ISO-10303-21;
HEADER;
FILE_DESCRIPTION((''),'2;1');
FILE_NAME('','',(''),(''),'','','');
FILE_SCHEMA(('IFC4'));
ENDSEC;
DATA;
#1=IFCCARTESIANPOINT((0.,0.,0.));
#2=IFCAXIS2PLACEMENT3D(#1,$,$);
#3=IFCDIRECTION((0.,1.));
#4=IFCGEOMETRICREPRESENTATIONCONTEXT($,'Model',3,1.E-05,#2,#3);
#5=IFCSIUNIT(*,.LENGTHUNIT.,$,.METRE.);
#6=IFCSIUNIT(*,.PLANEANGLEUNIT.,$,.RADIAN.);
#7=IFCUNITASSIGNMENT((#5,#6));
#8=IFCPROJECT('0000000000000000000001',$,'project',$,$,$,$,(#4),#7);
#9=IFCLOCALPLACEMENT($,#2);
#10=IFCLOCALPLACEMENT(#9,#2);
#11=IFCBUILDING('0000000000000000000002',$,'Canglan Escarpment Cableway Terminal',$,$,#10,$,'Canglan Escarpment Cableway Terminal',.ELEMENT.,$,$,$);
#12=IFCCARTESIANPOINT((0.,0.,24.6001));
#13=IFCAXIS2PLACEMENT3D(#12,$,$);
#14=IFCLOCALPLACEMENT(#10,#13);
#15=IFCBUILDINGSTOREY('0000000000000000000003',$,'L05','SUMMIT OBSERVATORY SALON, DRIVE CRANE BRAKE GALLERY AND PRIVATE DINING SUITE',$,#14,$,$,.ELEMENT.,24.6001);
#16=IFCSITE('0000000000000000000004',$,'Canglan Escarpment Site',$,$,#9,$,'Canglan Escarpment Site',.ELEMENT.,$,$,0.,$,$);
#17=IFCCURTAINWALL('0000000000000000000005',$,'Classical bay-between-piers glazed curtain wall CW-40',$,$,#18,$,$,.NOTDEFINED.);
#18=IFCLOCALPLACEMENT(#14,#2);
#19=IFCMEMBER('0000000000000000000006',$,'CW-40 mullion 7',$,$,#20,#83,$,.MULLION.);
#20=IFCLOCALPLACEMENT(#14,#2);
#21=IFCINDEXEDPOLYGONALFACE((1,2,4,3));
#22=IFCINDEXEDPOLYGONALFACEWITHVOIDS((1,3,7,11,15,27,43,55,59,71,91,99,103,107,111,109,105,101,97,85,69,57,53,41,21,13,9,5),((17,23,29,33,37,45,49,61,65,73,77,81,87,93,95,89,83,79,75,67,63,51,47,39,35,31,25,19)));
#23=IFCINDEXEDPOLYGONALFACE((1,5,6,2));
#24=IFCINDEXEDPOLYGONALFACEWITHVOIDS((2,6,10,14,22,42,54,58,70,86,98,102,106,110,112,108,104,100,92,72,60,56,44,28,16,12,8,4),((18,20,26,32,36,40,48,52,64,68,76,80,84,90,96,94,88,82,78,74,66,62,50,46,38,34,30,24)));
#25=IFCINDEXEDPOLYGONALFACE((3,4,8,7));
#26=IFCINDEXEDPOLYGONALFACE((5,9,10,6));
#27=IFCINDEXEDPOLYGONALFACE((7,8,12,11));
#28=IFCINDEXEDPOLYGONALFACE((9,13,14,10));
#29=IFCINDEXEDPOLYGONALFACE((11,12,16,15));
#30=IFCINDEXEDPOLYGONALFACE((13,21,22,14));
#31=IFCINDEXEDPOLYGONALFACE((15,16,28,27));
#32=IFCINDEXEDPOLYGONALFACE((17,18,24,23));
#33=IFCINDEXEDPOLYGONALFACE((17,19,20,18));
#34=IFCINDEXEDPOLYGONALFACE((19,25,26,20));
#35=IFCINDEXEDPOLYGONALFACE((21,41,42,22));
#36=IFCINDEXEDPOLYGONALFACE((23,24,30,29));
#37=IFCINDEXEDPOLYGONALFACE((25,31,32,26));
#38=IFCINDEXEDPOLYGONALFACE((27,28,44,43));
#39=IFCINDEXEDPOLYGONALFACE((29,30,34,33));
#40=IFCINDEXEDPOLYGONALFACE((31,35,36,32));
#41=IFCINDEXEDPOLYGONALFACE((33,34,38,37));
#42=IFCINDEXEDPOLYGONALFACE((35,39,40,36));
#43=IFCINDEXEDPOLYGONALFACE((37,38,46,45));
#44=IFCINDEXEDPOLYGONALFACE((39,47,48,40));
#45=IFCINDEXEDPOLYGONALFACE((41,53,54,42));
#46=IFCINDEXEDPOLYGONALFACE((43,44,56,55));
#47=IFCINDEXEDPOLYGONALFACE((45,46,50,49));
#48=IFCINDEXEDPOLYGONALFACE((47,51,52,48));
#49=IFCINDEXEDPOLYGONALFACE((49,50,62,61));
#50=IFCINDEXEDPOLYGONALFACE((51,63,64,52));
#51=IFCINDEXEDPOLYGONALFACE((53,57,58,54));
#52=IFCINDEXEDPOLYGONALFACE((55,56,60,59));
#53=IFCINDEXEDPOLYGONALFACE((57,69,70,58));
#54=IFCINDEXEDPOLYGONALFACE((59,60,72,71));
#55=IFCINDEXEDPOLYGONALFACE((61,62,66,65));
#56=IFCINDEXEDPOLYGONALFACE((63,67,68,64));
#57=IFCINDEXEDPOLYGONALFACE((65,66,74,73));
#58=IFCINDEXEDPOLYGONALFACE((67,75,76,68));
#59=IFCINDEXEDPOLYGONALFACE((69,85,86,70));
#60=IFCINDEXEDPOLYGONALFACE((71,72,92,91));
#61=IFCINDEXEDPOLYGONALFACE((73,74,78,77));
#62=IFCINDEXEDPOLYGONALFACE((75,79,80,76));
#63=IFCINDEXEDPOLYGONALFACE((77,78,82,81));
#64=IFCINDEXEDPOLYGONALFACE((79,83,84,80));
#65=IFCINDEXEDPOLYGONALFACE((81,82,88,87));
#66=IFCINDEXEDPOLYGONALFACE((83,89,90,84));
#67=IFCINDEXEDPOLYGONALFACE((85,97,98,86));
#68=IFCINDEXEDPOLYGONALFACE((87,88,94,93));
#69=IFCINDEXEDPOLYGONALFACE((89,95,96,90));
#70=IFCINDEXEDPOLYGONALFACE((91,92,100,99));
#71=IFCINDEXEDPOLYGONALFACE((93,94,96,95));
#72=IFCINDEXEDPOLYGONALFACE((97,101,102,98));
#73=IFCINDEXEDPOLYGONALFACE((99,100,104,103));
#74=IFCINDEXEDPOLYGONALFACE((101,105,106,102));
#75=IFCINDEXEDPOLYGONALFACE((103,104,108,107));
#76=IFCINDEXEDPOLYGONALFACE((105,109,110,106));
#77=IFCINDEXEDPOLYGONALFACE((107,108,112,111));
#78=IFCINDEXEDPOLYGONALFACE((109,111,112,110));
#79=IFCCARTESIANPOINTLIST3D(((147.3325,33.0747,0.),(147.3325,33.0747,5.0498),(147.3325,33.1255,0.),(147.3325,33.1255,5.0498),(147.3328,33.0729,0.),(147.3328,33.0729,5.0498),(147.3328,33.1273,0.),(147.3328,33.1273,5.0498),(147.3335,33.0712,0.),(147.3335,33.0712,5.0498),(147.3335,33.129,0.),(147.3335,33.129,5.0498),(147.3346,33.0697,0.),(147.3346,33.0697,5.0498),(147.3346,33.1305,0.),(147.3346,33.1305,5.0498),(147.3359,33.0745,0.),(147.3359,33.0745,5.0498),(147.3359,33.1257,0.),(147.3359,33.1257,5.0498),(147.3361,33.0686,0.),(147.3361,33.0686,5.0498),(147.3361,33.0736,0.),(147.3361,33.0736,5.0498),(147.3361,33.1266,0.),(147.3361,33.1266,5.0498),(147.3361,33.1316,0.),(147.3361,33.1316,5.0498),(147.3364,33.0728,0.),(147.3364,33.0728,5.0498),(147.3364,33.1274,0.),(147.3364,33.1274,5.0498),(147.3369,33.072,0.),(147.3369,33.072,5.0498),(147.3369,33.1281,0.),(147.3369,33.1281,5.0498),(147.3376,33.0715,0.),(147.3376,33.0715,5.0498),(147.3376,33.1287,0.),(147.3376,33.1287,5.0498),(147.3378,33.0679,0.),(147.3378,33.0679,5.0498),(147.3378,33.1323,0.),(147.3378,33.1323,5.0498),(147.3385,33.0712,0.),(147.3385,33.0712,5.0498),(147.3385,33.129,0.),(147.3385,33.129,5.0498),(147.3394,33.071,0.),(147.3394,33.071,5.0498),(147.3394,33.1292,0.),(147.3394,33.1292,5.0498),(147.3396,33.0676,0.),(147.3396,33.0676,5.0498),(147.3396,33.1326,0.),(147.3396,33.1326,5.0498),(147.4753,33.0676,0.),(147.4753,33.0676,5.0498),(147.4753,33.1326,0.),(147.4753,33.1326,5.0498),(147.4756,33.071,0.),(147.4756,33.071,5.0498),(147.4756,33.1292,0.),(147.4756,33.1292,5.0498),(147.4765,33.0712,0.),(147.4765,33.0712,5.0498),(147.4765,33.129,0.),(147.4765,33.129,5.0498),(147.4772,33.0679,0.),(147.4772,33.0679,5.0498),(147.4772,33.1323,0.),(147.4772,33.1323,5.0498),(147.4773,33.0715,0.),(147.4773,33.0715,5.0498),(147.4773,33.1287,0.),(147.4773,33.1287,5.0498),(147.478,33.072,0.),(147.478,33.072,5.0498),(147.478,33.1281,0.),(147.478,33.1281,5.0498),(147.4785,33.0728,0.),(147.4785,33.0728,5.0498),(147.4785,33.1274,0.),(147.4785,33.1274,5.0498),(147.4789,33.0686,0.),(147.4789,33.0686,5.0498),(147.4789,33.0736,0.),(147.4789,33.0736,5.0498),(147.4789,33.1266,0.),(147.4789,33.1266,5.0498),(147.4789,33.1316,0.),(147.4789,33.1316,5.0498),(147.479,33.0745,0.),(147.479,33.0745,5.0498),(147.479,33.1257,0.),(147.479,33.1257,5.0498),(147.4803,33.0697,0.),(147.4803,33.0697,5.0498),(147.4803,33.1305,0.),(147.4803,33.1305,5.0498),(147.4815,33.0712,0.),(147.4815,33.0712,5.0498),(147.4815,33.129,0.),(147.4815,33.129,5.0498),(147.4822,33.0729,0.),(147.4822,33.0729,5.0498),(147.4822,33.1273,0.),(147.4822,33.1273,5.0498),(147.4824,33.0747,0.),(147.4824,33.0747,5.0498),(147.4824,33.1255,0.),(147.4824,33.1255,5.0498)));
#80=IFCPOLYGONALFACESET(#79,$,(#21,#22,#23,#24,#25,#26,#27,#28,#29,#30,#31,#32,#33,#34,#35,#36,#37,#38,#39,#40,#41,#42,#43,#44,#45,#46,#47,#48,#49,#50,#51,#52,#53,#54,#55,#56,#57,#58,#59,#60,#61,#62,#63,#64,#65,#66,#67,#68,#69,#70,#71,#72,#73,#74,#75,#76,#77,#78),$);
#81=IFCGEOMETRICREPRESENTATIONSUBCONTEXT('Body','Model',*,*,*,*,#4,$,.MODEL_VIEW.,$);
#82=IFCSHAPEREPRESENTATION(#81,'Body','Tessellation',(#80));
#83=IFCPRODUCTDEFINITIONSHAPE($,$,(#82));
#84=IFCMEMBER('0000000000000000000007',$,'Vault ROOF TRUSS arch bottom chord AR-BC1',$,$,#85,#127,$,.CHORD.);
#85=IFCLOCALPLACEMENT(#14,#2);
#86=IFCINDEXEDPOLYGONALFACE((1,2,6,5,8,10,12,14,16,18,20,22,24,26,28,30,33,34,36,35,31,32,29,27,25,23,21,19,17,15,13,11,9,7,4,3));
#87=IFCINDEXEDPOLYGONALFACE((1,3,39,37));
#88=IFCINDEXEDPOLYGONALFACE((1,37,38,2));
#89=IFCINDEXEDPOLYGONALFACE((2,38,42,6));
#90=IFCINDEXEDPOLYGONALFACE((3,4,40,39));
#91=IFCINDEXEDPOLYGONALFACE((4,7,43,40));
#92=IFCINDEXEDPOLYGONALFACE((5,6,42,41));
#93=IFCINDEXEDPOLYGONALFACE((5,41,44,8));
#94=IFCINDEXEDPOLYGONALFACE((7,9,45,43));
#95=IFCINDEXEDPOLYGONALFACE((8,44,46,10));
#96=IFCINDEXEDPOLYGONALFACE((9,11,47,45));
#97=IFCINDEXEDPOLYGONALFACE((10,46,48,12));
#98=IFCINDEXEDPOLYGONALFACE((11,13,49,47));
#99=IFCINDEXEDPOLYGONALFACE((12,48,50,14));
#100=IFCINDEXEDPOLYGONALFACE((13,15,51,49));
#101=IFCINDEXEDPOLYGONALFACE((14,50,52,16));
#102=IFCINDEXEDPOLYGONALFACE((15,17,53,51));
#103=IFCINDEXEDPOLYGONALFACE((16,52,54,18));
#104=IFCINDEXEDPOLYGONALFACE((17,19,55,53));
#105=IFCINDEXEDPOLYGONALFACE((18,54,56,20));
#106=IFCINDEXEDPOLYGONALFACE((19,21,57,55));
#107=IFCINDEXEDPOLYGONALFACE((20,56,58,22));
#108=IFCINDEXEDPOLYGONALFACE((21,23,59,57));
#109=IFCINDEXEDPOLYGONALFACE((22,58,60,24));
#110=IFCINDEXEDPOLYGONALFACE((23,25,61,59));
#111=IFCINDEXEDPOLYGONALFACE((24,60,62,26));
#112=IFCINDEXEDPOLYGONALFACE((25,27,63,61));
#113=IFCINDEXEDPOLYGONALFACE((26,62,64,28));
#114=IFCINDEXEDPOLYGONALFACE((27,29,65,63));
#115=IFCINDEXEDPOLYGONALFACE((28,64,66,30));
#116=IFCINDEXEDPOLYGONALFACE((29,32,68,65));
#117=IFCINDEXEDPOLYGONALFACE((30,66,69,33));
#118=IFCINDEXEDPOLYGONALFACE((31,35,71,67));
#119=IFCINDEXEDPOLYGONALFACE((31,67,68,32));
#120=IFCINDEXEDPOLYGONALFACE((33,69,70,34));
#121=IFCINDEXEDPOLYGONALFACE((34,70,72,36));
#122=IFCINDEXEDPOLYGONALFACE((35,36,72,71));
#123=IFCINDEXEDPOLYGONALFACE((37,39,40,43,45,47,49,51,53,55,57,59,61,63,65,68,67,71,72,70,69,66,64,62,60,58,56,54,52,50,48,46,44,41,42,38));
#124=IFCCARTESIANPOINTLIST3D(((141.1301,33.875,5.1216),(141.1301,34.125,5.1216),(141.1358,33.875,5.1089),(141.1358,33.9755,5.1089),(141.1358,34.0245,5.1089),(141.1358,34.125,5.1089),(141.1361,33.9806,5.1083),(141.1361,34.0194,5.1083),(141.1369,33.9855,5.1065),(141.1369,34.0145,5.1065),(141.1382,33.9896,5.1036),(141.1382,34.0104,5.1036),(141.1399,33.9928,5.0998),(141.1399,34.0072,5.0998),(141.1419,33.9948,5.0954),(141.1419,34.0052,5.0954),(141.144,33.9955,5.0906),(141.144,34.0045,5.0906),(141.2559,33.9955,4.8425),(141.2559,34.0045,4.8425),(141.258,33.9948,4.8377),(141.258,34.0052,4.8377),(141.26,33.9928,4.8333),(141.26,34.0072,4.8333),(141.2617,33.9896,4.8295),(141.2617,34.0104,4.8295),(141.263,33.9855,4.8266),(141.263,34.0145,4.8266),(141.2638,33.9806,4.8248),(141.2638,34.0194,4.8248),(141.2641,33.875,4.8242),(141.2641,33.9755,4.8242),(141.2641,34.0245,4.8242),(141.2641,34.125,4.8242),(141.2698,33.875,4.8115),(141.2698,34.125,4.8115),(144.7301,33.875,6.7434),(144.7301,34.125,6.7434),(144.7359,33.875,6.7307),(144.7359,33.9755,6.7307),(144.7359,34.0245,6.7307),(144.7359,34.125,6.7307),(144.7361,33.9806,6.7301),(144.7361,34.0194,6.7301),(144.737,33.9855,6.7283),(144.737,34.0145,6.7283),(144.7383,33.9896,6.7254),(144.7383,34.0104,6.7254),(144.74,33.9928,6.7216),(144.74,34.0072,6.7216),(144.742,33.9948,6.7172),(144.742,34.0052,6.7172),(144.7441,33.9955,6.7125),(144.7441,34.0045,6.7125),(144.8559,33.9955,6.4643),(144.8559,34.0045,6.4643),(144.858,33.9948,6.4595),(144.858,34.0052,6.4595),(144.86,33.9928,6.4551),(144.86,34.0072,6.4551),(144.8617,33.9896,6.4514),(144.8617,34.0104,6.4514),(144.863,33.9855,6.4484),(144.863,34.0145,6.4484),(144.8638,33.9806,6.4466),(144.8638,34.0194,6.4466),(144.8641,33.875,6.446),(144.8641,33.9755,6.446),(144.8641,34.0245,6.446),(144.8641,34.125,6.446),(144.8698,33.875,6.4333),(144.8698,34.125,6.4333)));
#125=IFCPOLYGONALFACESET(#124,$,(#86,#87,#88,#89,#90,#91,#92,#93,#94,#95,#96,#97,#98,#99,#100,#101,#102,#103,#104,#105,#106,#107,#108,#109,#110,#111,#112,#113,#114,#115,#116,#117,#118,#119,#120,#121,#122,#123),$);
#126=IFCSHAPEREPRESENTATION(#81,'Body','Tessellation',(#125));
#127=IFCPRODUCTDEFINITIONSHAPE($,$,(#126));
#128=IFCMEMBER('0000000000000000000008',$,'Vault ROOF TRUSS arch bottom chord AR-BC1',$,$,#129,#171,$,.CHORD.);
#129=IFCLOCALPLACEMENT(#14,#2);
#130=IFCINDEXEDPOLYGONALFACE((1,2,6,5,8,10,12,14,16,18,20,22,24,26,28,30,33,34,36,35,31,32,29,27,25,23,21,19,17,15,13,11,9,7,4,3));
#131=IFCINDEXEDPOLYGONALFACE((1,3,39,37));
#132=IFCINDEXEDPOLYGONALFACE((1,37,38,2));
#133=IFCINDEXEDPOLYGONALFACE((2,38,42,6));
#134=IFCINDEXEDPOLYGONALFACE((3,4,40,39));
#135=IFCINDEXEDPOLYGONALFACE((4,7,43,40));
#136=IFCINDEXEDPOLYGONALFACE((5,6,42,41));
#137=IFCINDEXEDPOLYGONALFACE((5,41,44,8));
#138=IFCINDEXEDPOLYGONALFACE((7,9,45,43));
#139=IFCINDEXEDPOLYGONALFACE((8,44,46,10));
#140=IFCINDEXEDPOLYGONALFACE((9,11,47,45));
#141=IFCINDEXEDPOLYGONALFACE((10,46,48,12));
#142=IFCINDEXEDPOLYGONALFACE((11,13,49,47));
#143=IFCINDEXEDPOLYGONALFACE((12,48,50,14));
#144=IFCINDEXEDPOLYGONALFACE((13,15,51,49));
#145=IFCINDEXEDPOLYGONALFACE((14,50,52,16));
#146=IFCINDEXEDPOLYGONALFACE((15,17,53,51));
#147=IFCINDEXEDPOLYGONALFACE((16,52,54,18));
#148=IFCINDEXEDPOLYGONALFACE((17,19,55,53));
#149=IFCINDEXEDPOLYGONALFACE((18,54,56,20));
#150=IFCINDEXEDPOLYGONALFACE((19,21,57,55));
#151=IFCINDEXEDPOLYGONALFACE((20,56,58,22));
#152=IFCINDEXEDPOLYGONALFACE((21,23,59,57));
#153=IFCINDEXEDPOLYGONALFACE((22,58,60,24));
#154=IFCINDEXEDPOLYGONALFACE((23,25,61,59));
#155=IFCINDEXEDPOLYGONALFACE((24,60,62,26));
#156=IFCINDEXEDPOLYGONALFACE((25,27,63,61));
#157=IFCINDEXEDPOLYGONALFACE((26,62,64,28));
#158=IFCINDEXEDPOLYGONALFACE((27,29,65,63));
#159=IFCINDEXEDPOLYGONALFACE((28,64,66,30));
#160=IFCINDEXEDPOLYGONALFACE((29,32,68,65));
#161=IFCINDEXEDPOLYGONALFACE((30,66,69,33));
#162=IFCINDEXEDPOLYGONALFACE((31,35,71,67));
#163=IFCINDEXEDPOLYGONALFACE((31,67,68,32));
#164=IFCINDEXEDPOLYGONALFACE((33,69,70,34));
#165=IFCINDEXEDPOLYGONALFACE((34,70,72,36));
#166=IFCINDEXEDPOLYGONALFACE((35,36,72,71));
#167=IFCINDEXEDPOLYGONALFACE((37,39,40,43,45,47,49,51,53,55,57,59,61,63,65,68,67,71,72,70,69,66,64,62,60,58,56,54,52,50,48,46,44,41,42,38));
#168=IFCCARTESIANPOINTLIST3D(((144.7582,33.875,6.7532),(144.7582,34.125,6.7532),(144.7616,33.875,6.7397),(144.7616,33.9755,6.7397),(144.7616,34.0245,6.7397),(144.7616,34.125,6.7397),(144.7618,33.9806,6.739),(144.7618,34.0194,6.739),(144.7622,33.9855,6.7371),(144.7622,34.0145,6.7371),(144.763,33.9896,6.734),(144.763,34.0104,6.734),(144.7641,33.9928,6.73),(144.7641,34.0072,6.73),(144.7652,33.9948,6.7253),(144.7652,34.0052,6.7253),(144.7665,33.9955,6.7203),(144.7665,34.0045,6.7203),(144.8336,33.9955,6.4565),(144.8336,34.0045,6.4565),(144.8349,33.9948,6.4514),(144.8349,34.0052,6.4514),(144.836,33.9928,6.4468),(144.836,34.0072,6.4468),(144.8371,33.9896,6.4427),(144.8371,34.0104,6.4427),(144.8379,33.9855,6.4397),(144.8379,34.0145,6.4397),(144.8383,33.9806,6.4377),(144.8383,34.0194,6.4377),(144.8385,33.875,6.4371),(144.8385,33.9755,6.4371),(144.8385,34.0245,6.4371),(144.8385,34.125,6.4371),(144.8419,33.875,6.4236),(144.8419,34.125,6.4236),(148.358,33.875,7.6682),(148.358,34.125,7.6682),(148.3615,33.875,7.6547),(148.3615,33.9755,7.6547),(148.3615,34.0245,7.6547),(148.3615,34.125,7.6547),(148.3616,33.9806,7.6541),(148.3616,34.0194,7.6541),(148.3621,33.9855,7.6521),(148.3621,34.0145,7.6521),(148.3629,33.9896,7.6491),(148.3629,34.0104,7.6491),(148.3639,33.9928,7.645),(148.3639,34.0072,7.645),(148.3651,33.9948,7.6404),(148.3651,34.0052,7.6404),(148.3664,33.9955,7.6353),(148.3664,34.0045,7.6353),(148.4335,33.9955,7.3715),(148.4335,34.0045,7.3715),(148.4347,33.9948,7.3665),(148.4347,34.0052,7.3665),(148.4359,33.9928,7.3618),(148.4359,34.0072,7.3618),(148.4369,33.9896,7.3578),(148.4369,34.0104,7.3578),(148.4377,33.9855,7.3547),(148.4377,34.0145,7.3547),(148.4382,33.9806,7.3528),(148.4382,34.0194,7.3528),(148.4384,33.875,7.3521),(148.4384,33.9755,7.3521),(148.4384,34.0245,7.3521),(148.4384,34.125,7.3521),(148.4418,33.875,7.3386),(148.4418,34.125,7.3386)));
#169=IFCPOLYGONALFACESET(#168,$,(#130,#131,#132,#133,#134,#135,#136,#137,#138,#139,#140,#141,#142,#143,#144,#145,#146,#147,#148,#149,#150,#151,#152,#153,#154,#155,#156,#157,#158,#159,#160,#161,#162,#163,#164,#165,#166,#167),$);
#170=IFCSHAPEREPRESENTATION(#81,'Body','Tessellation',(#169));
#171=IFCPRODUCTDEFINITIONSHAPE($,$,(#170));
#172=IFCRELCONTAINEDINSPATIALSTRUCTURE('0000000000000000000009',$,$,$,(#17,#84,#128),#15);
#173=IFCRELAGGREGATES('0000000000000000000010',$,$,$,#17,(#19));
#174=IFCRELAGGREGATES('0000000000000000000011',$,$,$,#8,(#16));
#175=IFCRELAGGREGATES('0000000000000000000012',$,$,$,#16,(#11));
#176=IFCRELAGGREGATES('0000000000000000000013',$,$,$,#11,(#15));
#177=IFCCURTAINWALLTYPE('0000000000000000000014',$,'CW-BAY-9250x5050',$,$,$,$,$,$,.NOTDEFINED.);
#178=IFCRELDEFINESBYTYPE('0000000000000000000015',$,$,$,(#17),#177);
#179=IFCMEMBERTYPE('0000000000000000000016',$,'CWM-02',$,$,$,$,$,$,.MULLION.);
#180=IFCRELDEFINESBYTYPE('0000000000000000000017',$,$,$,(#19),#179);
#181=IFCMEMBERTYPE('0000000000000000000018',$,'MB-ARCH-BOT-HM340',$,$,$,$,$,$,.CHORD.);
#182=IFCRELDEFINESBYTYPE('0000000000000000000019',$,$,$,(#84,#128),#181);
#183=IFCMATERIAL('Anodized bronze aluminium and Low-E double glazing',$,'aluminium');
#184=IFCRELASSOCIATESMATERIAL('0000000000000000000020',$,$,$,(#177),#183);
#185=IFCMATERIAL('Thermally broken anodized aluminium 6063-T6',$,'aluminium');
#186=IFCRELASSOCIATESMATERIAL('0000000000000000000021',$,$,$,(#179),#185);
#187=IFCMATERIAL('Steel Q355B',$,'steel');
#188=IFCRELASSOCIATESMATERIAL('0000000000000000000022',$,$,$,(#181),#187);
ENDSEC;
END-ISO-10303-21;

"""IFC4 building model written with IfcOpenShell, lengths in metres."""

from ifc_helpers import new_model, si_unit, direction, frame, origin, origin_2d, place, context, subcontext, project, spatial, hollow_rectangle, i_section, extrude, material, material_profile, profile_set, type_object, element, aggregate, save


model = new_model("IFC4")

# Units and contexts
model_context = context("Model", 3, precision=1e-05, world=origin(), true_north=direction((0.0, 1.0)))
body_context = subcontext(model_context, "Body", "Model", "MODEL_VIEW")
ifc_project = project(units=[si_unit("LENGTHUNIT", "METRE"), si_unit("PLANEANGLEUNIT", "RADIAN")], contexts=[model_context])

# Site, building, storey
site_placement = place(None, origin())
site = spatial("IfcSite", under=ifc_project, at=site_placement, Name="Canglan Escarpment Site", LongName="Canglan Escarpment Site", CompositionType="ELEMENT", RefElevation=0.0)
building_placement = place(site_placement, origin())
building = spatial("IfcBuilding", under=site, at=building_placement, Name="Canglan Escarpment Cableway Terminal", LongName="Canglan Escarpment Cableway Terminal", CompositionType="ELEMENT")
storey_placement = place(building_placement, frame((0.0, 0.0, 24.6001)))
storey = spatial("IfcBuildingStorey", under=building, at=storey_placement, Name="L05", Description="SUMMIT OBSERVATORY SALON, DRIVE CRANE BRAKE GALLERY AND PRIVATE DINING SUITE", CompositionType="ELEMENT", Elevation=24.6001)

# Shared definitions
ifc_material_1 = material(Name="Steel Q355B", Category="steel")

# Curtain wall, member
ifc_material_2 = material(Name="Anodized bronze aluminium and Low-E double glazing", Category="aluminium")
curtain_wall_type = type_object("IfcCurtainWallType", Name="CW-BAY-9250x5050", PredefinedType="NOTDEFINED", material=ifc_material_2)
curtain_wall_placement = place(storey_placement, origin())
curtain_wall = element("IfcCurtainWall", 1, at=curtain_wall_placement, inside=storey, type_object=curtain_wall_type, Name="Classical bay-between-piers glazed curtain wall CW-40", PredefinedType="NOTDEFINED")
ifc_material_3 = material(Name="Thermally broken anodized aluminium 6063-T6", Category="aluminium")
ifc_material_profile_1 = material_profile(ifc_material_3, hollow_rectangle(XDim=0.0649, YDim=0.1499, WallThickness=0.0034, InnerFilletRadius=0.0034, OuterFilletRadius=0.0071, at=origin_2d()), Name="ALU-MULL 65x150x3.5")
ifc_profile_set_1 = profile_set([ifc_material_profile_1], Name="Thermally broken anodized aluminium 6063-T6")
member_type_1 = type_object("IfcMemberType", Name="CWM-02", PredefinedType="MULLION", material=ifc_profile_set_1)
member_1_placement = place(storey_placement, frame((147.4075, 33.1001, 0.0), z_axis=(0.0, 0.0, 1.0), x_axis=(0.0, -1.0, 0.0)))
member_1 = element("IfcMember", 2, at=member_1_placement, type_object=member_type_1, Name="CW-40 mullion 7", PredefinedType="MULLION", context=body_context, shape_type="SweptSolid", body=[
    extrude(hollow_rectangle(XDim=0.0649, YDim=0.1499, WallThickness=0.0034, InnerFilletRadius=0.0034, OuterFilletRadius=0.0071, at=origin_2d()), origin(), (0.0, 0.0, 1.0), 5.0498),
])

# Members
ifc_material_profile_2 = material_profile(ifc_material_1, i_section(OverallWidth=0.25, OverallDepth=0.3401, WebThickness=0.009, FlangeThickness=0.0139, FilletRadius=0.02, at=origin_2d()), Name="HM 340x250x9x14")
ifc_profile_set_2 = profile_set([ifc_material_profile_2], Name="Steel Q355B")
member_type_2 = type_object("IfcMemberType", Name="MB-ARCH-BOT-HM340", PredefinedType="CHORD", material=ifc_profile_set_2)
member_2_placement = place(storey_placement, frame((141.2, 34.0, 4.9666), z_axis=(0.911753, 0.0, 0.41074), x_axis=(0.0, 1.0, 0.0)))
element("IfcMember", 3, at=member_2_placement, inside=storey, type_object=member_type_2, Name="Vault ROOF TRUSS arch bottom chord AR-BC1", PredefinedType="CHORD", context=body_context, shape_type="SweptSolid", body=[
    extrude(i_section(OverallWidth=0.25, OverallDepth=0.3401, WebThickness=0.009, FlangeThickness=0.0139, FilletRadius=0.02, at=origin_2d()), origin(), (0.0, 0.0, 1.0), 3.9485),
])
member_3_placement = place(storey_placement, frame((144.8, 34.0, 6.5884), z_axis=(0.96918, 0.0, 0.246354), x_axis=(0.0, 1.0, 0.0)))
element("IfcMember", 4, at=member_3_placement, inside=storey, type_object=member_type_2, Name="Vault ROOF TRUSS arch bottom chord AR-BC1", PredefinedType="CHORD", context=body_context, shape_type="SweptSolid", body=[
    extrude(i_section(OverallWidth=0.25, OverallDepth=0.3401, WebThickness=0.009, FlangeThickness=0.0139, FilletRadius=0.02, at=origin_2d()), origin(), (0.0, 0.0, 1.0), 3.7144),
])

aggregate(curtain_wall, [member_1])

save(model, "model.ifc")
